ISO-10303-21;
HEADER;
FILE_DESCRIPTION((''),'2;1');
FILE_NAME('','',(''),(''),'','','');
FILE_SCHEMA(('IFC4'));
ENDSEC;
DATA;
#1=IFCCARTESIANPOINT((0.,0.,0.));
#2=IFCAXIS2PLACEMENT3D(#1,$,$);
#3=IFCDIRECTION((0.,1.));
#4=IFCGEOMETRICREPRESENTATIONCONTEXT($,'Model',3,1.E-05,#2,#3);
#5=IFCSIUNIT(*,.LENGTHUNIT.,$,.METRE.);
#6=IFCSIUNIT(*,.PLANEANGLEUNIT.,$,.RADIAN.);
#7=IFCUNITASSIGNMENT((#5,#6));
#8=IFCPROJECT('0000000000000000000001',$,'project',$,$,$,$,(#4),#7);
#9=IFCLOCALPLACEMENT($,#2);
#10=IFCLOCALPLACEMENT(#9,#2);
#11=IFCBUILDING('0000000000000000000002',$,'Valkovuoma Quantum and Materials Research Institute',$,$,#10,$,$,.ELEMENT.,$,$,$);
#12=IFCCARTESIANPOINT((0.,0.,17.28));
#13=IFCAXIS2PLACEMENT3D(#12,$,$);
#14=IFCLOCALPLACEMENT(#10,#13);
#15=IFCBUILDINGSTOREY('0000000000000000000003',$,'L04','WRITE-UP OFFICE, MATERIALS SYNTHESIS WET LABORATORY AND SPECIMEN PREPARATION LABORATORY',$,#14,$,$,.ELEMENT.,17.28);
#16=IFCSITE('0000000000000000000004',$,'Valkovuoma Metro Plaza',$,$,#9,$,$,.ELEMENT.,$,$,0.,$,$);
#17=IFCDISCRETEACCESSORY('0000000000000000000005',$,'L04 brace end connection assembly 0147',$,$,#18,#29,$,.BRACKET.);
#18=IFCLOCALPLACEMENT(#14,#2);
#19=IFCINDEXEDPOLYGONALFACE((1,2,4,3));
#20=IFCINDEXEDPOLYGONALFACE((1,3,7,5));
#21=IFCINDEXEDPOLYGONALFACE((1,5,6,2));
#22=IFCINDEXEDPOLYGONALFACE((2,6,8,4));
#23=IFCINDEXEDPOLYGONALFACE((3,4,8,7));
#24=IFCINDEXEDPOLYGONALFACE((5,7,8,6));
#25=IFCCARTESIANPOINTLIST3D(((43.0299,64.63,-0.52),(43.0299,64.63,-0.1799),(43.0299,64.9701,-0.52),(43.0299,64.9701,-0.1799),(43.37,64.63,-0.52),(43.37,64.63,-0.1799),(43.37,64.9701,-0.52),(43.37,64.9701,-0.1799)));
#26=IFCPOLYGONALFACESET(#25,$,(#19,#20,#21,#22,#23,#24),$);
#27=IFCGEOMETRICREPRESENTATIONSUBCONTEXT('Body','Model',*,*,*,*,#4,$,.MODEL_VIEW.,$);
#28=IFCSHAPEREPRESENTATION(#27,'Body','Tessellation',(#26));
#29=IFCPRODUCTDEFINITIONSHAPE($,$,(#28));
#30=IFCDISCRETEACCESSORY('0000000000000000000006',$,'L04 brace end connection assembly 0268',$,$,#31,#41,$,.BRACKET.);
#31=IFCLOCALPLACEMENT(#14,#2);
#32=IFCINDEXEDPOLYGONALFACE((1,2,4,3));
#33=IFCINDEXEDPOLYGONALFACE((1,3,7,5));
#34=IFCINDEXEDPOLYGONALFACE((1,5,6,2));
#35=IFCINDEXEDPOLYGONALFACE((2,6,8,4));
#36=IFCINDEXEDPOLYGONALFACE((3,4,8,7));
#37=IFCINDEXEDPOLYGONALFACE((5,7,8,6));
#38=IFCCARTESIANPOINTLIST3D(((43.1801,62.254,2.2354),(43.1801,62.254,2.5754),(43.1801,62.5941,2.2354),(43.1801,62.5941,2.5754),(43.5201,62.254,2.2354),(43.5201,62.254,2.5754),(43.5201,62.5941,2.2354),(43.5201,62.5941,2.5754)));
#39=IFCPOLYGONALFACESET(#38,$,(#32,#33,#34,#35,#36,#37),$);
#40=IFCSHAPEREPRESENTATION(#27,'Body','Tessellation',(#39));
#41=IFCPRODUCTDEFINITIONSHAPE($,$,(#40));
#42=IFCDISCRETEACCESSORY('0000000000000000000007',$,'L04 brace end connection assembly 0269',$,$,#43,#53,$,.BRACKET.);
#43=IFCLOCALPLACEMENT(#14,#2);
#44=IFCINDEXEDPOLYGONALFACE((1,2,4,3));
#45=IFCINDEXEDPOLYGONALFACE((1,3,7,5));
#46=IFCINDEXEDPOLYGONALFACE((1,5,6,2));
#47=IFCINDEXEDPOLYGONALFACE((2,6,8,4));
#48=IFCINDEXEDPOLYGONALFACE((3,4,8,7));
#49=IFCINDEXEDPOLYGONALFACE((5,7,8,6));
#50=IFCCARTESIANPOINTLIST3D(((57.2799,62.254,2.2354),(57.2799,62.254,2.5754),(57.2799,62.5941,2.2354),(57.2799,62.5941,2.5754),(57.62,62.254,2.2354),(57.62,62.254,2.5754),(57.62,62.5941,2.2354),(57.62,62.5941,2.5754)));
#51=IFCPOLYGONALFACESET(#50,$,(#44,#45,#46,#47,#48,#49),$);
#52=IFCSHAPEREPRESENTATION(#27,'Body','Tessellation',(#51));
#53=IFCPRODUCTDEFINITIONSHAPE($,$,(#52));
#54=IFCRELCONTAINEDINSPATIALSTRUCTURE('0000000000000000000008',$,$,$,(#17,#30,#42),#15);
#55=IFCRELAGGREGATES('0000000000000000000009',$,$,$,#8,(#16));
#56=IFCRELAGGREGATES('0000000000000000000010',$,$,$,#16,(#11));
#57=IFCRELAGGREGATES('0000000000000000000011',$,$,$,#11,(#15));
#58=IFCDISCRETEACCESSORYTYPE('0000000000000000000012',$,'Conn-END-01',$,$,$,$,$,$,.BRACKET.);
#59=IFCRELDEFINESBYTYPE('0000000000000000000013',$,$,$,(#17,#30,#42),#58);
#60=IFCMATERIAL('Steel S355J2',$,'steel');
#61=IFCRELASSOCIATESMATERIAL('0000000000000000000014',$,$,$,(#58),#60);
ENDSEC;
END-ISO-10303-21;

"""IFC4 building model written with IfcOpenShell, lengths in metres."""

from ifc_helpers import new_model, si_unit, direction, frame, origin, origin_2d, place, context, subcontext, project, spatial, rectangle, extrude, material, type_object, element, save


model = new_model("IFC4")

# Units and contexts
model_context = context("Model", 3, precision=1e-05, world=origin(), true_north=direction((0.0, 1.0)))
body_context = subcontext(model_context, "Body", "Model", "MODEL_VIEW")
ifc_project = project(units=[si_unit("LENGTHUNIT", "METRE"), si_unit("PLANEANGLEUNIT", "RADIAN")], contexts=[model_context])

# Site, building, storey
site_placement = place(None, origin())
site = spatial("IfcSite", under=ifc_project, at=site_placement, Name="Valkovuoma Metro Plaza", CompositionType="ELEMENT", RefElevation=0.0)
building_placement = place(site_placement, origin())
building = spatial("IfcBuilding", under=site, at=building_placement, Name="Valkovuoma Quantum and Materials Research Institute", CompositionType="ELEMENT")
storey_placement = place(building_placement, frame((0.0, 0.0, 17.28)))
storey = spatial("IfcBuildingStorey", under=building, at=storey_placement, Name="L04", Description="WRITE-UP OFFICE, MATERIALS SYNTHESIS WET LABORATORY AND SPECIMEN PREPARATION LABORATORY", CompositionType="ELEMENT", Elevation=17.28)

# Discrete accessories
ifc_material_1 = material(Name="Steel S355J2", Category="steel")
discrete_accessory_type = type_object("IfcDiscreteAccessoryType", Name="Conn-END-01", PredefinedType="BRACKET", material=ifc_material_1)
for number, where, z_axis, x_axis, name in (
    (1, (43.2, 64.8, -0.52), (0.0, 0.0, 1.0), (1.0, 0.0, 0.0), "L04 brace end connection assembly 0147"),
    (2, (43.3501, 62.4241, 2.2354), (0.0, 0.0, 1.0), (1.0, 0.0, 0.0), "L04 brace end connection assembly 0268"),
    (3, (57.45, 62.4241, 2.2354), (0.0, 0.0, 1.0), (1.0, 0.0, 0.0), "L04 brace end connection assembly 0269"),
):
    element("IfcDiscreteAccessory", number, at=place(storey_placement, frame(where, z_axis=z_axis, x_axis=x_axis)), inside=storey, type_object=discrete_accessory_type, Name=name, PredefinedType="BRACKET", context=body_context, shape_type="SweptSolid", body=[
        extrude(rectangle(XDim=0.3401, YDim=0.3401, at=origin_2d()), origin(), (0.0, 0.0, 1.0), 0.3401),
    ])

save(model, "model.ifc")
